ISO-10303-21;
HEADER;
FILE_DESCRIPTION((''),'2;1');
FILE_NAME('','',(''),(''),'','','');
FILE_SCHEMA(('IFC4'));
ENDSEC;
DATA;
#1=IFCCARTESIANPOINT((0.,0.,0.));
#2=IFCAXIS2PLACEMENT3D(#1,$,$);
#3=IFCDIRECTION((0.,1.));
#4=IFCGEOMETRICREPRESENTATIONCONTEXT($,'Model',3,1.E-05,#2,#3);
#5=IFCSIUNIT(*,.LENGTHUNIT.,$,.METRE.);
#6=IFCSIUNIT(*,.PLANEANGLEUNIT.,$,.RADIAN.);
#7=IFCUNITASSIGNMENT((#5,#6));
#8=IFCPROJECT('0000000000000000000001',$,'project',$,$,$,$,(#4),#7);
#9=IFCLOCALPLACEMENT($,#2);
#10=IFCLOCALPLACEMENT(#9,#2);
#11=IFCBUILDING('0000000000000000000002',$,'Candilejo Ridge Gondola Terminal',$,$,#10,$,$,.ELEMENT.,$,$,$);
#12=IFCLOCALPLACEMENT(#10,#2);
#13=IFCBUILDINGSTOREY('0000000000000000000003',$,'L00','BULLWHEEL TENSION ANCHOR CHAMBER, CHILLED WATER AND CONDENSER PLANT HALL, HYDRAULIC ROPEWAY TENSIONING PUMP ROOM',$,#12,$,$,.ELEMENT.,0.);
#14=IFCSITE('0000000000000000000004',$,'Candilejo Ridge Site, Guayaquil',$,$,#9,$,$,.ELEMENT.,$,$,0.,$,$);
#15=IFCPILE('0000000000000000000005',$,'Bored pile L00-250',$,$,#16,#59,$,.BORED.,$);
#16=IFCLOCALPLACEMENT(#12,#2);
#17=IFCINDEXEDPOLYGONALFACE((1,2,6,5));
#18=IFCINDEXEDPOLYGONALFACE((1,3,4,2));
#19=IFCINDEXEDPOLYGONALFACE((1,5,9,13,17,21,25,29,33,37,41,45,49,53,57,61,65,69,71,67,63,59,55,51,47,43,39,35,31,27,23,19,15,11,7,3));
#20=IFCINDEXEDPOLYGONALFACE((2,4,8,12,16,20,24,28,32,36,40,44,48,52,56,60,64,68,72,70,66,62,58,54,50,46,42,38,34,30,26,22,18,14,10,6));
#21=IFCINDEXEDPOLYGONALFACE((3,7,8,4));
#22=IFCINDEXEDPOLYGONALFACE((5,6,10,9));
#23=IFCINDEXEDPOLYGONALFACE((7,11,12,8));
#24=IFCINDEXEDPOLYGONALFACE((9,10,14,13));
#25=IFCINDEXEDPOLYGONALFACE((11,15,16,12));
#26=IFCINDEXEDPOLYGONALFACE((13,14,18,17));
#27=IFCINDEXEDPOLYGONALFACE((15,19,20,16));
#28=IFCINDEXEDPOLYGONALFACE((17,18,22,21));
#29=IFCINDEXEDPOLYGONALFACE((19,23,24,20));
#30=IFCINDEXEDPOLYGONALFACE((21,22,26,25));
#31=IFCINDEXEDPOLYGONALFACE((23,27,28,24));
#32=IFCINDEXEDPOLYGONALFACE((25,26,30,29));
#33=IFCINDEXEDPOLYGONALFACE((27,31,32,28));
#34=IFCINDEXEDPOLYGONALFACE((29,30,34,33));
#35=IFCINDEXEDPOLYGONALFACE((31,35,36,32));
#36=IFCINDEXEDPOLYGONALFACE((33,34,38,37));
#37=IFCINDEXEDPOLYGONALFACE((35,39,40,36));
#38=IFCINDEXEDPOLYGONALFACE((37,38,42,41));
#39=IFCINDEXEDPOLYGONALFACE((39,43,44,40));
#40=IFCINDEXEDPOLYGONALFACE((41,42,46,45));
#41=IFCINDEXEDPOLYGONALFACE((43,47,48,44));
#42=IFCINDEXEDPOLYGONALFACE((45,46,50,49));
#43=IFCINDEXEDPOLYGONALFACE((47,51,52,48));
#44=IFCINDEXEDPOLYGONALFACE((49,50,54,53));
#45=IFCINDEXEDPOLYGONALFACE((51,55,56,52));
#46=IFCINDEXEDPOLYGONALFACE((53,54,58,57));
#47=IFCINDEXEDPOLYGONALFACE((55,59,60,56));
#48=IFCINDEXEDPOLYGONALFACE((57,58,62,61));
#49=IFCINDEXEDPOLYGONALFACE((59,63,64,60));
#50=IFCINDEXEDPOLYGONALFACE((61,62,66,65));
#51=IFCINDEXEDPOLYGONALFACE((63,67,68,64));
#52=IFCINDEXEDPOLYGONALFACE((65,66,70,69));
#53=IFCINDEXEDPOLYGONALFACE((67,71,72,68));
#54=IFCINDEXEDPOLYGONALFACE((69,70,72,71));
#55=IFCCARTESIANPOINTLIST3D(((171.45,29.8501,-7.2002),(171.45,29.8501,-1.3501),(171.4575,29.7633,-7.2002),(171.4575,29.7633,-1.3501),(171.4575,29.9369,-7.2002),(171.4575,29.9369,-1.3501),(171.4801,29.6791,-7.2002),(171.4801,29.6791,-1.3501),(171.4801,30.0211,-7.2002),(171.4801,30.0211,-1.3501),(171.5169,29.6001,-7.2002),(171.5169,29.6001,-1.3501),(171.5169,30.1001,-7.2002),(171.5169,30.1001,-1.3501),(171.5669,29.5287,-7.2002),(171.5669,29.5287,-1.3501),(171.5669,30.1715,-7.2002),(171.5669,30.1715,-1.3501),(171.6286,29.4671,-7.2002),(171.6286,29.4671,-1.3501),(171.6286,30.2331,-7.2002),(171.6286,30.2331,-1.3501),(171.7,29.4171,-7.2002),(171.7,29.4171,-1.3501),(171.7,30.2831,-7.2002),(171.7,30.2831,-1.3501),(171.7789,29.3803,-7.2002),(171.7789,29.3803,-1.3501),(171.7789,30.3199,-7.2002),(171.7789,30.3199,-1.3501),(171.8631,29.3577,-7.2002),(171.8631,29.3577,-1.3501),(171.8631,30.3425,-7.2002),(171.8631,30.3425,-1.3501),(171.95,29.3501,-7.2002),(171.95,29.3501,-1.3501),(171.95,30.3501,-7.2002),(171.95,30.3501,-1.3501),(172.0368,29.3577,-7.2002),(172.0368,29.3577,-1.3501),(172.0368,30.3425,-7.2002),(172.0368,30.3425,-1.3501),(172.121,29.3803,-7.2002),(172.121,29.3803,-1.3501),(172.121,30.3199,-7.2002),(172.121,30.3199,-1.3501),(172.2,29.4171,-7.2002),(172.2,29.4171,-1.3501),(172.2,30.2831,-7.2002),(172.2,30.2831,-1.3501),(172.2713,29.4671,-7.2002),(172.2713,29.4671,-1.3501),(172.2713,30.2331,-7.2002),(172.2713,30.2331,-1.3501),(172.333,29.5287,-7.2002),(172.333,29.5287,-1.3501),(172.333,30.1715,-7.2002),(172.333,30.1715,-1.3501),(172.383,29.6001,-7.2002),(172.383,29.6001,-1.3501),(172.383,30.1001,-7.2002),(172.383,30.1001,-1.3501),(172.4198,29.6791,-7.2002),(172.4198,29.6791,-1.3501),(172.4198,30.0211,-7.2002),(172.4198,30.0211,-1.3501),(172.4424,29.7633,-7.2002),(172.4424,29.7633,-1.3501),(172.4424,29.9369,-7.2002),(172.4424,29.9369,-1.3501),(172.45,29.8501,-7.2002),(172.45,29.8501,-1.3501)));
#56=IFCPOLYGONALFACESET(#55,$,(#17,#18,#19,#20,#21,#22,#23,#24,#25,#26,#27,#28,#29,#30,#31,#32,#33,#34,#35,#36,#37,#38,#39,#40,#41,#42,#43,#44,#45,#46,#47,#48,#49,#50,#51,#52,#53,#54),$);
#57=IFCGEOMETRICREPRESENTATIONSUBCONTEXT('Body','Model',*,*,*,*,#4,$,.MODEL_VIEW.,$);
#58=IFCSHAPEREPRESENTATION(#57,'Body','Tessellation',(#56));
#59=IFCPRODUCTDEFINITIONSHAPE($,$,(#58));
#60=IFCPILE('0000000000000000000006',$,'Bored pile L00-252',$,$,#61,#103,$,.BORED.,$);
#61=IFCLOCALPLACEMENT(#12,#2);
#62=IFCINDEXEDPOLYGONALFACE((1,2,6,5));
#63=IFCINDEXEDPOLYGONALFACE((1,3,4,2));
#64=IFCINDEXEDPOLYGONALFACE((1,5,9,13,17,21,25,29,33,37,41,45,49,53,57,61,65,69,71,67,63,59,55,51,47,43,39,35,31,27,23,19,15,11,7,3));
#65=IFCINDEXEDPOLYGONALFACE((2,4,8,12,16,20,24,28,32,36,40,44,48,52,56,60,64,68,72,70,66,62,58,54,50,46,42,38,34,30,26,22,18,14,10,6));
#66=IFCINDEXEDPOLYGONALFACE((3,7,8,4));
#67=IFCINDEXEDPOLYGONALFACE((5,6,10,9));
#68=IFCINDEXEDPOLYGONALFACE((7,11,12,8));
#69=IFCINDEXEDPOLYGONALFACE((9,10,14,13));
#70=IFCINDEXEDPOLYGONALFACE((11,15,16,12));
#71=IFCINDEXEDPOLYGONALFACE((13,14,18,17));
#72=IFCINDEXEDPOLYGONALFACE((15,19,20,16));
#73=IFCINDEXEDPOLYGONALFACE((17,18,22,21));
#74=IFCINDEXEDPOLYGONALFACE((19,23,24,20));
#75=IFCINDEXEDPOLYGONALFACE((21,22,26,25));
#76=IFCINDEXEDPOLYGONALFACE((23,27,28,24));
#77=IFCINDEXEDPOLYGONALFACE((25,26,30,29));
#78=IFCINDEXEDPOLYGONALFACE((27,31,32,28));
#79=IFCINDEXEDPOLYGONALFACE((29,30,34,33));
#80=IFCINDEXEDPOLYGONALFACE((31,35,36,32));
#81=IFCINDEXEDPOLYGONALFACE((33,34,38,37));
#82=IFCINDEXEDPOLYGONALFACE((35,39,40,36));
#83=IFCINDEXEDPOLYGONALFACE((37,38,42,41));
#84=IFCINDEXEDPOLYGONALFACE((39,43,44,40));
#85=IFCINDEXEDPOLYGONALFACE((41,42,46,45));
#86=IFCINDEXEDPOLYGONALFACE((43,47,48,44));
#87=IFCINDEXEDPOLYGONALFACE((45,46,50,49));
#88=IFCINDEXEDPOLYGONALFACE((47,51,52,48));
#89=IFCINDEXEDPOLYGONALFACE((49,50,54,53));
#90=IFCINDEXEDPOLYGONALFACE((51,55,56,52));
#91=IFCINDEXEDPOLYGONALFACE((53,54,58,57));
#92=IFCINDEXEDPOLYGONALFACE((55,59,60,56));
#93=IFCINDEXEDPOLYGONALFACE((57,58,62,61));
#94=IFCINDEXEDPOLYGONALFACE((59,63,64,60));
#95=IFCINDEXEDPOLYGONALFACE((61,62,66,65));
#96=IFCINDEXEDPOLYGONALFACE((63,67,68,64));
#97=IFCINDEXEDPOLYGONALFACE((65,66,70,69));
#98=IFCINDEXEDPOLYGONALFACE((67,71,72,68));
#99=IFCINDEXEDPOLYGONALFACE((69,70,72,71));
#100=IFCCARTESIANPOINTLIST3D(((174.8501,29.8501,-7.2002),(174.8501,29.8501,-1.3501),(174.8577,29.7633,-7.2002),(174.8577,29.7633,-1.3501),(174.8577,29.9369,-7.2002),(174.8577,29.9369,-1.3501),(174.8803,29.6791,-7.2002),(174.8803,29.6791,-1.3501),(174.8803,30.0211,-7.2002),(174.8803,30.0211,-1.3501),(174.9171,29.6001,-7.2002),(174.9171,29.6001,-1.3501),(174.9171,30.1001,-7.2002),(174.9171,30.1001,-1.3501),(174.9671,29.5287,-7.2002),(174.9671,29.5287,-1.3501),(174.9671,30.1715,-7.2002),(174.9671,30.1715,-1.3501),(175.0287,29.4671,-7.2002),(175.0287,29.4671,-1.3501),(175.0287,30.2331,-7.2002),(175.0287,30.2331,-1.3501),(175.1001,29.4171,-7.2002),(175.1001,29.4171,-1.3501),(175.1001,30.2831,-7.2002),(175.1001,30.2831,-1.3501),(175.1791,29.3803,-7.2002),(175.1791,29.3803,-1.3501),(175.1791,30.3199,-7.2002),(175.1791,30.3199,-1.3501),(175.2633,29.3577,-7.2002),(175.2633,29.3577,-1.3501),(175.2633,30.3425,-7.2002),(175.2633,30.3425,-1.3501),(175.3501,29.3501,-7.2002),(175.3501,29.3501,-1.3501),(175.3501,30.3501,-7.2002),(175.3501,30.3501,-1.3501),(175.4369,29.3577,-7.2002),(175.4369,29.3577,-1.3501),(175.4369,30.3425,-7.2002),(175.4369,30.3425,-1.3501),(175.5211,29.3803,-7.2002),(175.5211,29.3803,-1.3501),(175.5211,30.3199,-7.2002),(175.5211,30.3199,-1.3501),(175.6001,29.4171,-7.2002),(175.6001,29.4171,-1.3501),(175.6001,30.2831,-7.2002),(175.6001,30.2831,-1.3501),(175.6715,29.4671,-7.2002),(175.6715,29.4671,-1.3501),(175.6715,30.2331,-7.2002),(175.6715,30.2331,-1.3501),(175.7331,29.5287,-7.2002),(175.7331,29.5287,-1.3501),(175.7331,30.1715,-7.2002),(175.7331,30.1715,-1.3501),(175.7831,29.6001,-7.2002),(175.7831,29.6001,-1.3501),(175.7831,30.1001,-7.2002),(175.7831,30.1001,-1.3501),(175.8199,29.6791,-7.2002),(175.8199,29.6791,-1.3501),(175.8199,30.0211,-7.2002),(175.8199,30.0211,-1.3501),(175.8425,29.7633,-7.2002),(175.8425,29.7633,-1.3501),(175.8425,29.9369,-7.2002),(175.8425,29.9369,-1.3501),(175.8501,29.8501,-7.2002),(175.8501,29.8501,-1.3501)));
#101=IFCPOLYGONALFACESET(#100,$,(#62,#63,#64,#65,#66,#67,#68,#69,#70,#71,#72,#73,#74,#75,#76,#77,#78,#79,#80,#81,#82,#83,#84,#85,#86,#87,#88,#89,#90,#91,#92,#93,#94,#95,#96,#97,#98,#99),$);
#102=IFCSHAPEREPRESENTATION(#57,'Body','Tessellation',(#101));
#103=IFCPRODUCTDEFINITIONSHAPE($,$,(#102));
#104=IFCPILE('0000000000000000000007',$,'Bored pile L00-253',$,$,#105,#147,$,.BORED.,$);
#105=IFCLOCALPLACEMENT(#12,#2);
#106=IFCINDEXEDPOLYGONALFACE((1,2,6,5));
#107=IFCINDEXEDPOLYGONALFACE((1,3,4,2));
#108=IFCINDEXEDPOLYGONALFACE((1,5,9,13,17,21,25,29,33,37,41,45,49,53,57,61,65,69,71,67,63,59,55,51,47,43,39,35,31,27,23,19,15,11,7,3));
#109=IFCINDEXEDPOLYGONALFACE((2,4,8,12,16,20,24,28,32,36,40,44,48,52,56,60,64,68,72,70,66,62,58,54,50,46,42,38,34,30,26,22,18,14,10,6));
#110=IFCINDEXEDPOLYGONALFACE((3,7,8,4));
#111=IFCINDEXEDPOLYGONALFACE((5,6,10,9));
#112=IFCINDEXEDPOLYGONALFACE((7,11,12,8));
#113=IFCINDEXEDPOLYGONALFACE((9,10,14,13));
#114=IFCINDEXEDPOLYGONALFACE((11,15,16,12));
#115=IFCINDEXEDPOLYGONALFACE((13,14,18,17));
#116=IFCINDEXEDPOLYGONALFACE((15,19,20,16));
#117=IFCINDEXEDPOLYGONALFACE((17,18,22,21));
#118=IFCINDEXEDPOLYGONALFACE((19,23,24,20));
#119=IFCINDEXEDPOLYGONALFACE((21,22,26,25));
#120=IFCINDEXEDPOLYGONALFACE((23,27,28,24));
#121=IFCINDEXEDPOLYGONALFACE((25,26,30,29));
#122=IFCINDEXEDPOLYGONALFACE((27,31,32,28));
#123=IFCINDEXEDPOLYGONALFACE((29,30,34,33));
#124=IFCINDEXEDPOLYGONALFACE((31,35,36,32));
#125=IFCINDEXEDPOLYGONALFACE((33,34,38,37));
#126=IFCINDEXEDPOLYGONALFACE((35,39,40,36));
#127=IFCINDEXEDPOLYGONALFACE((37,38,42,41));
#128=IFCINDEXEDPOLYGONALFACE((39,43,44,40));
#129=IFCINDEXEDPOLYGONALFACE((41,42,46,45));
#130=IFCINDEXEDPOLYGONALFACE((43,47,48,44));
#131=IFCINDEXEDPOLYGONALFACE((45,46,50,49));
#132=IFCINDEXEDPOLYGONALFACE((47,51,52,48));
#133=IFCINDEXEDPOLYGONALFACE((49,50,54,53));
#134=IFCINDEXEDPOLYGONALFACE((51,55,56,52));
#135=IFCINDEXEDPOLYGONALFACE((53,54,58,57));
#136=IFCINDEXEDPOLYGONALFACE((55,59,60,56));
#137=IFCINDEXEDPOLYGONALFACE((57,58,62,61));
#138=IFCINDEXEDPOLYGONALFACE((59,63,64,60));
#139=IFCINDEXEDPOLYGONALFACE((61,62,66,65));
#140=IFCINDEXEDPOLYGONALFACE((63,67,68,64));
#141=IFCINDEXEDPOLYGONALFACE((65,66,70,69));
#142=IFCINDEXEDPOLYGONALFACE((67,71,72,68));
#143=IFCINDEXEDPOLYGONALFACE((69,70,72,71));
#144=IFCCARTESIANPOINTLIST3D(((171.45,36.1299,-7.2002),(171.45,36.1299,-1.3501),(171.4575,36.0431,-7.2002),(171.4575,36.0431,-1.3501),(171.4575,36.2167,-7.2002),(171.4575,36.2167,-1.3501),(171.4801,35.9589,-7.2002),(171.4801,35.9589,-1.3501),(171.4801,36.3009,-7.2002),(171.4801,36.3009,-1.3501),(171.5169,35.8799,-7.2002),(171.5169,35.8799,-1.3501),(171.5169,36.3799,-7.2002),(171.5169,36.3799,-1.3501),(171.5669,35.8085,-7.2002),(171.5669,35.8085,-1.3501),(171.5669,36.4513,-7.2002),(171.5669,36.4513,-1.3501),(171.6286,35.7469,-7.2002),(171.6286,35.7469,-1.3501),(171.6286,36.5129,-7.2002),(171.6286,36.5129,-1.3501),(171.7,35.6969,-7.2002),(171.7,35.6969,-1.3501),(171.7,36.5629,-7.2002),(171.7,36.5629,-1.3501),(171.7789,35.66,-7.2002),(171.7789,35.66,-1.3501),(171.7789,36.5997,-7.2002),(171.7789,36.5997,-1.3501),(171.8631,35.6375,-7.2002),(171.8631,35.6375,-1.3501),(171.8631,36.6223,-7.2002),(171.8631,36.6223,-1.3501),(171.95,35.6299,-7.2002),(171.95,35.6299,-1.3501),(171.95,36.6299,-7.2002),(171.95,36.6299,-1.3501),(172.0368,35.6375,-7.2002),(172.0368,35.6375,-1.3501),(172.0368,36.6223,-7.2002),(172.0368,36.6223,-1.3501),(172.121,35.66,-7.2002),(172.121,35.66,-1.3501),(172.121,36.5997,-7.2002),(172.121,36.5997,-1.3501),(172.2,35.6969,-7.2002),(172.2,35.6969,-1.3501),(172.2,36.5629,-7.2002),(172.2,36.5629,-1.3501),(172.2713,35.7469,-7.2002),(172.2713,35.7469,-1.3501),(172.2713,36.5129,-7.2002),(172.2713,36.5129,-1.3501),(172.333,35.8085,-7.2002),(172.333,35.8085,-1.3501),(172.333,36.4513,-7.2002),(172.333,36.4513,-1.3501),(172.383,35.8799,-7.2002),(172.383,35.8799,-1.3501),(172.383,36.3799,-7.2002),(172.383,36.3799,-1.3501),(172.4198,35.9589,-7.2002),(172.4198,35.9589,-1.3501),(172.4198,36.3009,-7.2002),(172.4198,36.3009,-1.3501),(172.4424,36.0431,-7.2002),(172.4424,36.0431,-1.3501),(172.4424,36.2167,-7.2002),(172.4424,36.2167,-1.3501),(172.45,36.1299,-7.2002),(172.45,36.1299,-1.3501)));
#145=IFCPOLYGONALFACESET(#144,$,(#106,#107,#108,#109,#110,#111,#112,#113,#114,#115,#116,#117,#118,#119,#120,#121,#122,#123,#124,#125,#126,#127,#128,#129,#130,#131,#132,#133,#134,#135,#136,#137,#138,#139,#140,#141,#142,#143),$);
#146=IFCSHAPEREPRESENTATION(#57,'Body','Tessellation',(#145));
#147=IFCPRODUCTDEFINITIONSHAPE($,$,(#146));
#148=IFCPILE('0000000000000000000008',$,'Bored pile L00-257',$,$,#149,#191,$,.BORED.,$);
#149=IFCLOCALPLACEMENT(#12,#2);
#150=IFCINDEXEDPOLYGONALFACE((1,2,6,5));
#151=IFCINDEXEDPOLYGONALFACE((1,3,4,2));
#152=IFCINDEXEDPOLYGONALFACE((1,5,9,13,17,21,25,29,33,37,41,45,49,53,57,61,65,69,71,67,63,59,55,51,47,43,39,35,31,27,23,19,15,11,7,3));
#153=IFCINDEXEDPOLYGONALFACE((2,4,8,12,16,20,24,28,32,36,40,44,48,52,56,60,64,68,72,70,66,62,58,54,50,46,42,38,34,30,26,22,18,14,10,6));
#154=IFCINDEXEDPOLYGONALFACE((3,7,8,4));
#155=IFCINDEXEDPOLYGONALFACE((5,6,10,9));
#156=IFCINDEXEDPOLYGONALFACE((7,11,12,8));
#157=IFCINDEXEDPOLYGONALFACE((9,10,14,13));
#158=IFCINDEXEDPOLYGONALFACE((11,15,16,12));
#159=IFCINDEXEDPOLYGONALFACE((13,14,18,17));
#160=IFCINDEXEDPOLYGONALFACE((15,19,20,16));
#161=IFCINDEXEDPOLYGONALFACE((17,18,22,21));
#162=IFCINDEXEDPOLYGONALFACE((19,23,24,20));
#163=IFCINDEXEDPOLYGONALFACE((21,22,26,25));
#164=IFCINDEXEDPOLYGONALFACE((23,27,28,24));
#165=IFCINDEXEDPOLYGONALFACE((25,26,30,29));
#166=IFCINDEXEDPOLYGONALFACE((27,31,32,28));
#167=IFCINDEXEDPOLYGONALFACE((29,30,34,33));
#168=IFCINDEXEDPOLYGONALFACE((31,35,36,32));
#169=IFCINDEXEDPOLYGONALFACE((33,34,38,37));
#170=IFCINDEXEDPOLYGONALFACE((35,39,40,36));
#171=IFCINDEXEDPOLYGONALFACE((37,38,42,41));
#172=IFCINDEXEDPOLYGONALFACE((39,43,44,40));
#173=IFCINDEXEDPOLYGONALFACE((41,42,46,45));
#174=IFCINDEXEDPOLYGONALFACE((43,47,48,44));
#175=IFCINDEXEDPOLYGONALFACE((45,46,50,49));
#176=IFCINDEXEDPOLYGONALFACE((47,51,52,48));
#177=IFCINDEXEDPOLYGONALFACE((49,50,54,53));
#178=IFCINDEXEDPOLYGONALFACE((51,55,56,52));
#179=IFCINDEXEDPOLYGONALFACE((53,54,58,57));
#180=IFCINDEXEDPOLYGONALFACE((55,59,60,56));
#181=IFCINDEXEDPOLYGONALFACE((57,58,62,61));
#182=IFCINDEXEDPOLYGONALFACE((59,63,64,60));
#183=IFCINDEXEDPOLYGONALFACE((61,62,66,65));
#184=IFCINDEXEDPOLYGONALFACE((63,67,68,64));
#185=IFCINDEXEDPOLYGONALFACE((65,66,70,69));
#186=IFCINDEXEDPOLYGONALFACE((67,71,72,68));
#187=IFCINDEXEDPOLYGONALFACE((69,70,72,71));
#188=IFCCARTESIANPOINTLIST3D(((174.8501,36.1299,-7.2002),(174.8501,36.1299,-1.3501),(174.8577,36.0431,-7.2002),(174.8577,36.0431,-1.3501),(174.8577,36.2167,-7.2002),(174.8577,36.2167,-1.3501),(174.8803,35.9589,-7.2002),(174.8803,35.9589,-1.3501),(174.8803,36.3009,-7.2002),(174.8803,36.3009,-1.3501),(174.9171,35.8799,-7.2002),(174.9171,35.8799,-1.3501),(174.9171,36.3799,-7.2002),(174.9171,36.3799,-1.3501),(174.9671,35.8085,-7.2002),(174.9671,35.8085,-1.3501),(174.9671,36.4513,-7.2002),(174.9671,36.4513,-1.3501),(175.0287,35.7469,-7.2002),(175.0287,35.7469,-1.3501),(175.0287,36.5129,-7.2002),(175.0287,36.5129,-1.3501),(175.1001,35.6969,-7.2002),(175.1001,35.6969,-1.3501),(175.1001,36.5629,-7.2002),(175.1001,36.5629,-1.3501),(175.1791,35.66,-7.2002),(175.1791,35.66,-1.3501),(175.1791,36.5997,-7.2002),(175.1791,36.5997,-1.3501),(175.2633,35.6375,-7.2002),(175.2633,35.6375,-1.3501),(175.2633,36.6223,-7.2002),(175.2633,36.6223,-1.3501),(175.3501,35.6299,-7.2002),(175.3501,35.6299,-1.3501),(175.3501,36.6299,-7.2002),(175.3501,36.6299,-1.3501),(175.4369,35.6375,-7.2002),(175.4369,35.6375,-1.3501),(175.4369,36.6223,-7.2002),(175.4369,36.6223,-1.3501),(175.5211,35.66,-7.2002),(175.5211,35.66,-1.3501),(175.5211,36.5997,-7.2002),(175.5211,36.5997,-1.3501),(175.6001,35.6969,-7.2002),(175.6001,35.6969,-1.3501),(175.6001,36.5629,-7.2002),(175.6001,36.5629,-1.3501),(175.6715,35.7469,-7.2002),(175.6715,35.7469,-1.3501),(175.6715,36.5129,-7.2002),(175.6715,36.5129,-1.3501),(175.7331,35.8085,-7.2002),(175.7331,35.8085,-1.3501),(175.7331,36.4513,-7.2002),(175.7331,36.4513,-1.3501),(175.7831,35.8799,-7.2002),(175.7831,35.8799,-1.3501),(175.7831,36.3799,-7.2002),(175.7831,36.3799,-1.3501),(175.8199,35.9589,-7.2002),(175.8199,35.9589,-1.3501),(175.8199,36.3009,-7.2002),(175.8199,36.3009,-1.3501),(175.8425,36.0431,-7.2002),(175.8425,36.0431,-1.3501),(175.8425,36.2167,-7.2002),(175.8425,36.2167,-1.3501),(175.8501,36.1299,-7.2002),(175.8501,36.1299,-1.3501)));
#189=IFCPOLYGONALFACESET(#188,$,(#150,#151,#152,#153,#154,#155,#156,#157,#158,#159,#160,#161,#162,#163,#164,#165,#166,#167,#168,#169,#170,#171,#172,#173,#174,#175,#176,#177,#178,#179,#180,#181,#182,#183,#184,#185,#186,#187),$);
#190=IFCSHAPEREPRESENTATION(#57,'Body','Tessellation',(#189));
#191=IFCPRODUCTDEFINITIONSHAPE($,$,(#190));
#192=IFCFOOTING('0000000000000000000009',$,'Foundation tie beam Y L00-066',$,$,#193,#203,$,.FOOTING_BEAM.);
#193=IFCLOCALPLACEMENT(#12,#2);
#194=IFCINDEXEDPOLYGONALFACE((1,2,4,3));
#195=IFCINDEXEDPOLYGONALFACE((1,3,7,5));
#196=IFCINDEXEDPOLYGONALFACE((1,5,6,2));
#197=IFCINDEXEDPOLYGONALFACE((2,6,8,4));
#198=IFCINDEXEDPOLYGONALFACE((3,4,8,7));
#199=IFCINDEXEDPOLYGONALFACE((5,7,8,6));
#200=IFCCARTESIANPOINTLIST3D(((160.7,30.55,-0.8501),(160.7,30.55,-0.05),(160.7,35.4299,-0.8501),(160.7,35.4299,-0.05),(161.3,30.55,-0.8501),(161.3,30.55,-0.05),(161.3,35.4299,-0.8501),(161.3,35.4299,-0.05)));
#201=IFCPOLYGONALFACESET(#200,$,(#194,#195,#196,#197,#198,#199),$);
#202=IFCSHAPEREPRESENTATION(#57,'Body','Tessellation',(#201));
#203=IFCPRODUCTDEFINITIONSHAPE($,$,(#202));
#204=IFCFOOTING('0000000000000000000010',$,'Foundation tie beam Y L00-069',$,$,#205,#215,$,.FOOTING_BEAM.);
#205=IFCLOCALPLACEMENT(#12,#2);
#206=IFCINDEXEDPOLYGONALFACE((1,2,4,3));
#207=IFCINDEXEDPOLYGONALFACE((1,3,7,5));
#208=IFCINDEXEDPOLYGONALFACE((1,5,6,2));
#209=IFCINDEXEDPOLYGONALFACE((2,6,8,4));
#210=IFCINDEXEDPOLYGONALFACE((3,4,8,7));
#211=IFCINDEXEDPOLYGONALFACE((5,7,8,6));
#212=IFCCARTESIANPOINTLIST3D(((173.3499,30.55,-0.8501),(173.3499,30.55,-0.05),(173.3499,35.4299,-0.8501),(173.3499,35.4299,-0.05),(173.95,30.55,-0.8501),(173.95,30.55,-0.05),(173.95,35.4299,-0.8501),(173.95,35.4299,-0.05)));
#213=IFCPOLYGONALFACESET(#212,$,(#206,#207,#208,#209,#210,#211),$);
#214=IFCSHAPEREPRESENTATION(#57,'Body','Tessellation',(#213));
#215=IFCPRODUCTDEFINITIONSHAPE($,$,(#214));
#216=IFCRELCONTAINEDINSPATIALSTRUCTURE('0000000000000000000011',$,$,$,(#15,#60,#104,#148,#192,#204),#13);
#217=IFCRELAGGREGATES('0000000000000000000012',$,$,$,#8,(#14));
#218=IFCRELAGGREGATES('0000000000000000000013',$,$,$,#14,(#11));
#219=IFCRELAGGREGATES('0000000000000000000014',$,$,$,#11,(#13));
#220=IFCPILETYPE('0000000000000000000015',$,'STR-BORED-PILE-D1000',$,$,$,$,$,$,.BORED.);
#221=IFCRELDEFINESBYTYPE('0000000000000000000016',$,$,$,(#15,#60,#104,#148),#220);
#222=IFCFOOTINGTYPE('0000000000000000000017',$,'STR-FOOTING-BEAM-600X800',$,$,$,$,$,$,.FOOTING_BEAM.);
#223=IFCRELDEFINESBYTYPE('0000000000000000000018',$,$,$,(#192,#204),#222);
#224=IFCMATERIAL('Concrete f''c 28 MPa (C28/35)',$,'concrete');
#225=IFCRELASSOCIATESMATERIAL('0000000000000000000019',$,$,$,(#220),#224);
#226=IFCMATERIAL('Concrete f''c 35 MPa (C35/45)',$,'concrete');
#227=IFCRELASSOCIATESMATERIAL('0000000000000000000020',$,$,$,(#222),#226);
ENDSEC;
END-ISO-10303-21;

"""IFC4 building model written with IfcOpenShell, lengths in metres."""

from ifc_helpers import new_model, si_unit, direction, frame, origin, origin_2d, place, context, subcontext, project, spatial, rectangle, circle, extrude, material, material_profile, profile_set, type_object, element, save


model = new_model("IFC4")

# Units and contexts
model_context = context("Model", 3, precision=1e-05, world=origin(), true_north=direction((0.0, 1.0)))
body_context = subcontext(model_context, "Body", "Model", "MODEL_VIEW")
ifc_project = project(units=[si_unit("LENGTHUNIT", "METRE"), si_unit("PLANEANGLEUNIT", "RADIAN")], contexts=[model_context])

# Site, building, storey
site_placement = place(None, origin())
site = spatial("IfcSite", under=ifc_project, at=site_placement, Name="Candilejo Ridge Site, Guayaquil", CompositionType="ELEMENT", RefElevation=0.0)
building_placement = place(site_placement, origin())
building = spatial("IfcBuilding", under=site, at=building_placement, Name="Candilejo Ridge Gondola Terminal", CompositionType="ELEMENT")
storey_placement = place(building_placement, origin())
storey = spatial("IfcBuildingStorey", under=building, at=storey_placement, Name="L00", Description="BULLWHEEL TENSION ANCHOR CHAMBER, CHILLED WATER AND CONDENSER PLANT HALL, HYDRAULIC ROPEWAY TENSIONING PUMP ROOM", CompositionType="ELEMENT", Elevation=0.0)

# Piles
ifc_material_1 = material(Name="Concrete f'c 28 MPa (C28/35)", Category="concrete")
ifc_material_profile_1 = material_profile(ifc_material_1, circle(Radius=0.5, at=origin_2d()))
ifc_profile_set_1 = profile_set([ifc_material_profile_1], Name="Concrete f'c 28 MPa (C28/35)")
pile_type = type_object("IfcPileType", Name="STR-BORED-PILE-D1000", PredefinedType="BORED", material=ifc_profile_set_1)
for number, where, z_axis, x_axis, name in (
    (1, (171.95, 29.8501, -1.3501), (0.0, 0.0, -1.0), (1.0, 0.0, 0.0), "Bored pile L00-250"),
    (2, (175.3501, 29.8501, -1.3501), (0.0, 0.0, -1.0), (1.0, 0.0, 0.0), "Bored pile L00-252"),
    (3, (171.95, 36.1299, -1.3501), (0.0, 0.0, -1.0), (1.0, 0.0, 0.0), "Bored pile L00-253"),
    (4, (175.3501, 36.1299, -1.3501), (0.0, 0.0, -1.0), (1.0, 0.0, 0.0), "Bored pile L00-257"),
):
    element("IfcPile", number, at=place(storey_placement, frame(where, z_axis=z_axis, x_axis=x_axis)), inside=storey, type_object=pile_type, Name=name, PredefinedType="BORED", context=body_context, shape_type="SweptSolid", body=[
        extrude(circle(Radius=0.5, at=origin_2d()), origin(), (0.0, 0.0, 1.0), 5.8501),
    ])

# Footings
ifc_material_2 = material(Name="Concrete f'c 35 MPa (C35/45)", Category="concrete")
footing_type_1 = type_object("IfcFootingType", Name="STR-FOOTING-BEAM-600X800", PredefinedType="FOOTING_BEAM", material=ifc_material_2)
for number, where, z_axis, x_axis, name in (
    (5, (161.0, 32.99, -0.8501), (0.0, 0.0, 1.0), (1.0, 0.0, 0.0), "Foundation tie beam Y L00-066"),
    (6, (173.6499, 32.99, -0.8501), (0.0, 0.0, 1.0), (1.0, 0.0, 0.0), "Foundation tie beam Y L00-069"),
):
    element("IfcFooting", number, at=place(storey_placement, frame(where, z_axis=z_axis, x_axis=x_axis)), inside=storey, type_object=footing_type_1, Name=name, PredefinedType="FOOTING_BEAM", context=body_context, shape_type="SweptSolid", body=[
        extrude(rectangle(XDim=0.6001, YDim=4.8799, at=origin_2d()), origin(), (0.0, 0.0, 1.0), 0.8),
    ])

save(model, "model.ifc")
